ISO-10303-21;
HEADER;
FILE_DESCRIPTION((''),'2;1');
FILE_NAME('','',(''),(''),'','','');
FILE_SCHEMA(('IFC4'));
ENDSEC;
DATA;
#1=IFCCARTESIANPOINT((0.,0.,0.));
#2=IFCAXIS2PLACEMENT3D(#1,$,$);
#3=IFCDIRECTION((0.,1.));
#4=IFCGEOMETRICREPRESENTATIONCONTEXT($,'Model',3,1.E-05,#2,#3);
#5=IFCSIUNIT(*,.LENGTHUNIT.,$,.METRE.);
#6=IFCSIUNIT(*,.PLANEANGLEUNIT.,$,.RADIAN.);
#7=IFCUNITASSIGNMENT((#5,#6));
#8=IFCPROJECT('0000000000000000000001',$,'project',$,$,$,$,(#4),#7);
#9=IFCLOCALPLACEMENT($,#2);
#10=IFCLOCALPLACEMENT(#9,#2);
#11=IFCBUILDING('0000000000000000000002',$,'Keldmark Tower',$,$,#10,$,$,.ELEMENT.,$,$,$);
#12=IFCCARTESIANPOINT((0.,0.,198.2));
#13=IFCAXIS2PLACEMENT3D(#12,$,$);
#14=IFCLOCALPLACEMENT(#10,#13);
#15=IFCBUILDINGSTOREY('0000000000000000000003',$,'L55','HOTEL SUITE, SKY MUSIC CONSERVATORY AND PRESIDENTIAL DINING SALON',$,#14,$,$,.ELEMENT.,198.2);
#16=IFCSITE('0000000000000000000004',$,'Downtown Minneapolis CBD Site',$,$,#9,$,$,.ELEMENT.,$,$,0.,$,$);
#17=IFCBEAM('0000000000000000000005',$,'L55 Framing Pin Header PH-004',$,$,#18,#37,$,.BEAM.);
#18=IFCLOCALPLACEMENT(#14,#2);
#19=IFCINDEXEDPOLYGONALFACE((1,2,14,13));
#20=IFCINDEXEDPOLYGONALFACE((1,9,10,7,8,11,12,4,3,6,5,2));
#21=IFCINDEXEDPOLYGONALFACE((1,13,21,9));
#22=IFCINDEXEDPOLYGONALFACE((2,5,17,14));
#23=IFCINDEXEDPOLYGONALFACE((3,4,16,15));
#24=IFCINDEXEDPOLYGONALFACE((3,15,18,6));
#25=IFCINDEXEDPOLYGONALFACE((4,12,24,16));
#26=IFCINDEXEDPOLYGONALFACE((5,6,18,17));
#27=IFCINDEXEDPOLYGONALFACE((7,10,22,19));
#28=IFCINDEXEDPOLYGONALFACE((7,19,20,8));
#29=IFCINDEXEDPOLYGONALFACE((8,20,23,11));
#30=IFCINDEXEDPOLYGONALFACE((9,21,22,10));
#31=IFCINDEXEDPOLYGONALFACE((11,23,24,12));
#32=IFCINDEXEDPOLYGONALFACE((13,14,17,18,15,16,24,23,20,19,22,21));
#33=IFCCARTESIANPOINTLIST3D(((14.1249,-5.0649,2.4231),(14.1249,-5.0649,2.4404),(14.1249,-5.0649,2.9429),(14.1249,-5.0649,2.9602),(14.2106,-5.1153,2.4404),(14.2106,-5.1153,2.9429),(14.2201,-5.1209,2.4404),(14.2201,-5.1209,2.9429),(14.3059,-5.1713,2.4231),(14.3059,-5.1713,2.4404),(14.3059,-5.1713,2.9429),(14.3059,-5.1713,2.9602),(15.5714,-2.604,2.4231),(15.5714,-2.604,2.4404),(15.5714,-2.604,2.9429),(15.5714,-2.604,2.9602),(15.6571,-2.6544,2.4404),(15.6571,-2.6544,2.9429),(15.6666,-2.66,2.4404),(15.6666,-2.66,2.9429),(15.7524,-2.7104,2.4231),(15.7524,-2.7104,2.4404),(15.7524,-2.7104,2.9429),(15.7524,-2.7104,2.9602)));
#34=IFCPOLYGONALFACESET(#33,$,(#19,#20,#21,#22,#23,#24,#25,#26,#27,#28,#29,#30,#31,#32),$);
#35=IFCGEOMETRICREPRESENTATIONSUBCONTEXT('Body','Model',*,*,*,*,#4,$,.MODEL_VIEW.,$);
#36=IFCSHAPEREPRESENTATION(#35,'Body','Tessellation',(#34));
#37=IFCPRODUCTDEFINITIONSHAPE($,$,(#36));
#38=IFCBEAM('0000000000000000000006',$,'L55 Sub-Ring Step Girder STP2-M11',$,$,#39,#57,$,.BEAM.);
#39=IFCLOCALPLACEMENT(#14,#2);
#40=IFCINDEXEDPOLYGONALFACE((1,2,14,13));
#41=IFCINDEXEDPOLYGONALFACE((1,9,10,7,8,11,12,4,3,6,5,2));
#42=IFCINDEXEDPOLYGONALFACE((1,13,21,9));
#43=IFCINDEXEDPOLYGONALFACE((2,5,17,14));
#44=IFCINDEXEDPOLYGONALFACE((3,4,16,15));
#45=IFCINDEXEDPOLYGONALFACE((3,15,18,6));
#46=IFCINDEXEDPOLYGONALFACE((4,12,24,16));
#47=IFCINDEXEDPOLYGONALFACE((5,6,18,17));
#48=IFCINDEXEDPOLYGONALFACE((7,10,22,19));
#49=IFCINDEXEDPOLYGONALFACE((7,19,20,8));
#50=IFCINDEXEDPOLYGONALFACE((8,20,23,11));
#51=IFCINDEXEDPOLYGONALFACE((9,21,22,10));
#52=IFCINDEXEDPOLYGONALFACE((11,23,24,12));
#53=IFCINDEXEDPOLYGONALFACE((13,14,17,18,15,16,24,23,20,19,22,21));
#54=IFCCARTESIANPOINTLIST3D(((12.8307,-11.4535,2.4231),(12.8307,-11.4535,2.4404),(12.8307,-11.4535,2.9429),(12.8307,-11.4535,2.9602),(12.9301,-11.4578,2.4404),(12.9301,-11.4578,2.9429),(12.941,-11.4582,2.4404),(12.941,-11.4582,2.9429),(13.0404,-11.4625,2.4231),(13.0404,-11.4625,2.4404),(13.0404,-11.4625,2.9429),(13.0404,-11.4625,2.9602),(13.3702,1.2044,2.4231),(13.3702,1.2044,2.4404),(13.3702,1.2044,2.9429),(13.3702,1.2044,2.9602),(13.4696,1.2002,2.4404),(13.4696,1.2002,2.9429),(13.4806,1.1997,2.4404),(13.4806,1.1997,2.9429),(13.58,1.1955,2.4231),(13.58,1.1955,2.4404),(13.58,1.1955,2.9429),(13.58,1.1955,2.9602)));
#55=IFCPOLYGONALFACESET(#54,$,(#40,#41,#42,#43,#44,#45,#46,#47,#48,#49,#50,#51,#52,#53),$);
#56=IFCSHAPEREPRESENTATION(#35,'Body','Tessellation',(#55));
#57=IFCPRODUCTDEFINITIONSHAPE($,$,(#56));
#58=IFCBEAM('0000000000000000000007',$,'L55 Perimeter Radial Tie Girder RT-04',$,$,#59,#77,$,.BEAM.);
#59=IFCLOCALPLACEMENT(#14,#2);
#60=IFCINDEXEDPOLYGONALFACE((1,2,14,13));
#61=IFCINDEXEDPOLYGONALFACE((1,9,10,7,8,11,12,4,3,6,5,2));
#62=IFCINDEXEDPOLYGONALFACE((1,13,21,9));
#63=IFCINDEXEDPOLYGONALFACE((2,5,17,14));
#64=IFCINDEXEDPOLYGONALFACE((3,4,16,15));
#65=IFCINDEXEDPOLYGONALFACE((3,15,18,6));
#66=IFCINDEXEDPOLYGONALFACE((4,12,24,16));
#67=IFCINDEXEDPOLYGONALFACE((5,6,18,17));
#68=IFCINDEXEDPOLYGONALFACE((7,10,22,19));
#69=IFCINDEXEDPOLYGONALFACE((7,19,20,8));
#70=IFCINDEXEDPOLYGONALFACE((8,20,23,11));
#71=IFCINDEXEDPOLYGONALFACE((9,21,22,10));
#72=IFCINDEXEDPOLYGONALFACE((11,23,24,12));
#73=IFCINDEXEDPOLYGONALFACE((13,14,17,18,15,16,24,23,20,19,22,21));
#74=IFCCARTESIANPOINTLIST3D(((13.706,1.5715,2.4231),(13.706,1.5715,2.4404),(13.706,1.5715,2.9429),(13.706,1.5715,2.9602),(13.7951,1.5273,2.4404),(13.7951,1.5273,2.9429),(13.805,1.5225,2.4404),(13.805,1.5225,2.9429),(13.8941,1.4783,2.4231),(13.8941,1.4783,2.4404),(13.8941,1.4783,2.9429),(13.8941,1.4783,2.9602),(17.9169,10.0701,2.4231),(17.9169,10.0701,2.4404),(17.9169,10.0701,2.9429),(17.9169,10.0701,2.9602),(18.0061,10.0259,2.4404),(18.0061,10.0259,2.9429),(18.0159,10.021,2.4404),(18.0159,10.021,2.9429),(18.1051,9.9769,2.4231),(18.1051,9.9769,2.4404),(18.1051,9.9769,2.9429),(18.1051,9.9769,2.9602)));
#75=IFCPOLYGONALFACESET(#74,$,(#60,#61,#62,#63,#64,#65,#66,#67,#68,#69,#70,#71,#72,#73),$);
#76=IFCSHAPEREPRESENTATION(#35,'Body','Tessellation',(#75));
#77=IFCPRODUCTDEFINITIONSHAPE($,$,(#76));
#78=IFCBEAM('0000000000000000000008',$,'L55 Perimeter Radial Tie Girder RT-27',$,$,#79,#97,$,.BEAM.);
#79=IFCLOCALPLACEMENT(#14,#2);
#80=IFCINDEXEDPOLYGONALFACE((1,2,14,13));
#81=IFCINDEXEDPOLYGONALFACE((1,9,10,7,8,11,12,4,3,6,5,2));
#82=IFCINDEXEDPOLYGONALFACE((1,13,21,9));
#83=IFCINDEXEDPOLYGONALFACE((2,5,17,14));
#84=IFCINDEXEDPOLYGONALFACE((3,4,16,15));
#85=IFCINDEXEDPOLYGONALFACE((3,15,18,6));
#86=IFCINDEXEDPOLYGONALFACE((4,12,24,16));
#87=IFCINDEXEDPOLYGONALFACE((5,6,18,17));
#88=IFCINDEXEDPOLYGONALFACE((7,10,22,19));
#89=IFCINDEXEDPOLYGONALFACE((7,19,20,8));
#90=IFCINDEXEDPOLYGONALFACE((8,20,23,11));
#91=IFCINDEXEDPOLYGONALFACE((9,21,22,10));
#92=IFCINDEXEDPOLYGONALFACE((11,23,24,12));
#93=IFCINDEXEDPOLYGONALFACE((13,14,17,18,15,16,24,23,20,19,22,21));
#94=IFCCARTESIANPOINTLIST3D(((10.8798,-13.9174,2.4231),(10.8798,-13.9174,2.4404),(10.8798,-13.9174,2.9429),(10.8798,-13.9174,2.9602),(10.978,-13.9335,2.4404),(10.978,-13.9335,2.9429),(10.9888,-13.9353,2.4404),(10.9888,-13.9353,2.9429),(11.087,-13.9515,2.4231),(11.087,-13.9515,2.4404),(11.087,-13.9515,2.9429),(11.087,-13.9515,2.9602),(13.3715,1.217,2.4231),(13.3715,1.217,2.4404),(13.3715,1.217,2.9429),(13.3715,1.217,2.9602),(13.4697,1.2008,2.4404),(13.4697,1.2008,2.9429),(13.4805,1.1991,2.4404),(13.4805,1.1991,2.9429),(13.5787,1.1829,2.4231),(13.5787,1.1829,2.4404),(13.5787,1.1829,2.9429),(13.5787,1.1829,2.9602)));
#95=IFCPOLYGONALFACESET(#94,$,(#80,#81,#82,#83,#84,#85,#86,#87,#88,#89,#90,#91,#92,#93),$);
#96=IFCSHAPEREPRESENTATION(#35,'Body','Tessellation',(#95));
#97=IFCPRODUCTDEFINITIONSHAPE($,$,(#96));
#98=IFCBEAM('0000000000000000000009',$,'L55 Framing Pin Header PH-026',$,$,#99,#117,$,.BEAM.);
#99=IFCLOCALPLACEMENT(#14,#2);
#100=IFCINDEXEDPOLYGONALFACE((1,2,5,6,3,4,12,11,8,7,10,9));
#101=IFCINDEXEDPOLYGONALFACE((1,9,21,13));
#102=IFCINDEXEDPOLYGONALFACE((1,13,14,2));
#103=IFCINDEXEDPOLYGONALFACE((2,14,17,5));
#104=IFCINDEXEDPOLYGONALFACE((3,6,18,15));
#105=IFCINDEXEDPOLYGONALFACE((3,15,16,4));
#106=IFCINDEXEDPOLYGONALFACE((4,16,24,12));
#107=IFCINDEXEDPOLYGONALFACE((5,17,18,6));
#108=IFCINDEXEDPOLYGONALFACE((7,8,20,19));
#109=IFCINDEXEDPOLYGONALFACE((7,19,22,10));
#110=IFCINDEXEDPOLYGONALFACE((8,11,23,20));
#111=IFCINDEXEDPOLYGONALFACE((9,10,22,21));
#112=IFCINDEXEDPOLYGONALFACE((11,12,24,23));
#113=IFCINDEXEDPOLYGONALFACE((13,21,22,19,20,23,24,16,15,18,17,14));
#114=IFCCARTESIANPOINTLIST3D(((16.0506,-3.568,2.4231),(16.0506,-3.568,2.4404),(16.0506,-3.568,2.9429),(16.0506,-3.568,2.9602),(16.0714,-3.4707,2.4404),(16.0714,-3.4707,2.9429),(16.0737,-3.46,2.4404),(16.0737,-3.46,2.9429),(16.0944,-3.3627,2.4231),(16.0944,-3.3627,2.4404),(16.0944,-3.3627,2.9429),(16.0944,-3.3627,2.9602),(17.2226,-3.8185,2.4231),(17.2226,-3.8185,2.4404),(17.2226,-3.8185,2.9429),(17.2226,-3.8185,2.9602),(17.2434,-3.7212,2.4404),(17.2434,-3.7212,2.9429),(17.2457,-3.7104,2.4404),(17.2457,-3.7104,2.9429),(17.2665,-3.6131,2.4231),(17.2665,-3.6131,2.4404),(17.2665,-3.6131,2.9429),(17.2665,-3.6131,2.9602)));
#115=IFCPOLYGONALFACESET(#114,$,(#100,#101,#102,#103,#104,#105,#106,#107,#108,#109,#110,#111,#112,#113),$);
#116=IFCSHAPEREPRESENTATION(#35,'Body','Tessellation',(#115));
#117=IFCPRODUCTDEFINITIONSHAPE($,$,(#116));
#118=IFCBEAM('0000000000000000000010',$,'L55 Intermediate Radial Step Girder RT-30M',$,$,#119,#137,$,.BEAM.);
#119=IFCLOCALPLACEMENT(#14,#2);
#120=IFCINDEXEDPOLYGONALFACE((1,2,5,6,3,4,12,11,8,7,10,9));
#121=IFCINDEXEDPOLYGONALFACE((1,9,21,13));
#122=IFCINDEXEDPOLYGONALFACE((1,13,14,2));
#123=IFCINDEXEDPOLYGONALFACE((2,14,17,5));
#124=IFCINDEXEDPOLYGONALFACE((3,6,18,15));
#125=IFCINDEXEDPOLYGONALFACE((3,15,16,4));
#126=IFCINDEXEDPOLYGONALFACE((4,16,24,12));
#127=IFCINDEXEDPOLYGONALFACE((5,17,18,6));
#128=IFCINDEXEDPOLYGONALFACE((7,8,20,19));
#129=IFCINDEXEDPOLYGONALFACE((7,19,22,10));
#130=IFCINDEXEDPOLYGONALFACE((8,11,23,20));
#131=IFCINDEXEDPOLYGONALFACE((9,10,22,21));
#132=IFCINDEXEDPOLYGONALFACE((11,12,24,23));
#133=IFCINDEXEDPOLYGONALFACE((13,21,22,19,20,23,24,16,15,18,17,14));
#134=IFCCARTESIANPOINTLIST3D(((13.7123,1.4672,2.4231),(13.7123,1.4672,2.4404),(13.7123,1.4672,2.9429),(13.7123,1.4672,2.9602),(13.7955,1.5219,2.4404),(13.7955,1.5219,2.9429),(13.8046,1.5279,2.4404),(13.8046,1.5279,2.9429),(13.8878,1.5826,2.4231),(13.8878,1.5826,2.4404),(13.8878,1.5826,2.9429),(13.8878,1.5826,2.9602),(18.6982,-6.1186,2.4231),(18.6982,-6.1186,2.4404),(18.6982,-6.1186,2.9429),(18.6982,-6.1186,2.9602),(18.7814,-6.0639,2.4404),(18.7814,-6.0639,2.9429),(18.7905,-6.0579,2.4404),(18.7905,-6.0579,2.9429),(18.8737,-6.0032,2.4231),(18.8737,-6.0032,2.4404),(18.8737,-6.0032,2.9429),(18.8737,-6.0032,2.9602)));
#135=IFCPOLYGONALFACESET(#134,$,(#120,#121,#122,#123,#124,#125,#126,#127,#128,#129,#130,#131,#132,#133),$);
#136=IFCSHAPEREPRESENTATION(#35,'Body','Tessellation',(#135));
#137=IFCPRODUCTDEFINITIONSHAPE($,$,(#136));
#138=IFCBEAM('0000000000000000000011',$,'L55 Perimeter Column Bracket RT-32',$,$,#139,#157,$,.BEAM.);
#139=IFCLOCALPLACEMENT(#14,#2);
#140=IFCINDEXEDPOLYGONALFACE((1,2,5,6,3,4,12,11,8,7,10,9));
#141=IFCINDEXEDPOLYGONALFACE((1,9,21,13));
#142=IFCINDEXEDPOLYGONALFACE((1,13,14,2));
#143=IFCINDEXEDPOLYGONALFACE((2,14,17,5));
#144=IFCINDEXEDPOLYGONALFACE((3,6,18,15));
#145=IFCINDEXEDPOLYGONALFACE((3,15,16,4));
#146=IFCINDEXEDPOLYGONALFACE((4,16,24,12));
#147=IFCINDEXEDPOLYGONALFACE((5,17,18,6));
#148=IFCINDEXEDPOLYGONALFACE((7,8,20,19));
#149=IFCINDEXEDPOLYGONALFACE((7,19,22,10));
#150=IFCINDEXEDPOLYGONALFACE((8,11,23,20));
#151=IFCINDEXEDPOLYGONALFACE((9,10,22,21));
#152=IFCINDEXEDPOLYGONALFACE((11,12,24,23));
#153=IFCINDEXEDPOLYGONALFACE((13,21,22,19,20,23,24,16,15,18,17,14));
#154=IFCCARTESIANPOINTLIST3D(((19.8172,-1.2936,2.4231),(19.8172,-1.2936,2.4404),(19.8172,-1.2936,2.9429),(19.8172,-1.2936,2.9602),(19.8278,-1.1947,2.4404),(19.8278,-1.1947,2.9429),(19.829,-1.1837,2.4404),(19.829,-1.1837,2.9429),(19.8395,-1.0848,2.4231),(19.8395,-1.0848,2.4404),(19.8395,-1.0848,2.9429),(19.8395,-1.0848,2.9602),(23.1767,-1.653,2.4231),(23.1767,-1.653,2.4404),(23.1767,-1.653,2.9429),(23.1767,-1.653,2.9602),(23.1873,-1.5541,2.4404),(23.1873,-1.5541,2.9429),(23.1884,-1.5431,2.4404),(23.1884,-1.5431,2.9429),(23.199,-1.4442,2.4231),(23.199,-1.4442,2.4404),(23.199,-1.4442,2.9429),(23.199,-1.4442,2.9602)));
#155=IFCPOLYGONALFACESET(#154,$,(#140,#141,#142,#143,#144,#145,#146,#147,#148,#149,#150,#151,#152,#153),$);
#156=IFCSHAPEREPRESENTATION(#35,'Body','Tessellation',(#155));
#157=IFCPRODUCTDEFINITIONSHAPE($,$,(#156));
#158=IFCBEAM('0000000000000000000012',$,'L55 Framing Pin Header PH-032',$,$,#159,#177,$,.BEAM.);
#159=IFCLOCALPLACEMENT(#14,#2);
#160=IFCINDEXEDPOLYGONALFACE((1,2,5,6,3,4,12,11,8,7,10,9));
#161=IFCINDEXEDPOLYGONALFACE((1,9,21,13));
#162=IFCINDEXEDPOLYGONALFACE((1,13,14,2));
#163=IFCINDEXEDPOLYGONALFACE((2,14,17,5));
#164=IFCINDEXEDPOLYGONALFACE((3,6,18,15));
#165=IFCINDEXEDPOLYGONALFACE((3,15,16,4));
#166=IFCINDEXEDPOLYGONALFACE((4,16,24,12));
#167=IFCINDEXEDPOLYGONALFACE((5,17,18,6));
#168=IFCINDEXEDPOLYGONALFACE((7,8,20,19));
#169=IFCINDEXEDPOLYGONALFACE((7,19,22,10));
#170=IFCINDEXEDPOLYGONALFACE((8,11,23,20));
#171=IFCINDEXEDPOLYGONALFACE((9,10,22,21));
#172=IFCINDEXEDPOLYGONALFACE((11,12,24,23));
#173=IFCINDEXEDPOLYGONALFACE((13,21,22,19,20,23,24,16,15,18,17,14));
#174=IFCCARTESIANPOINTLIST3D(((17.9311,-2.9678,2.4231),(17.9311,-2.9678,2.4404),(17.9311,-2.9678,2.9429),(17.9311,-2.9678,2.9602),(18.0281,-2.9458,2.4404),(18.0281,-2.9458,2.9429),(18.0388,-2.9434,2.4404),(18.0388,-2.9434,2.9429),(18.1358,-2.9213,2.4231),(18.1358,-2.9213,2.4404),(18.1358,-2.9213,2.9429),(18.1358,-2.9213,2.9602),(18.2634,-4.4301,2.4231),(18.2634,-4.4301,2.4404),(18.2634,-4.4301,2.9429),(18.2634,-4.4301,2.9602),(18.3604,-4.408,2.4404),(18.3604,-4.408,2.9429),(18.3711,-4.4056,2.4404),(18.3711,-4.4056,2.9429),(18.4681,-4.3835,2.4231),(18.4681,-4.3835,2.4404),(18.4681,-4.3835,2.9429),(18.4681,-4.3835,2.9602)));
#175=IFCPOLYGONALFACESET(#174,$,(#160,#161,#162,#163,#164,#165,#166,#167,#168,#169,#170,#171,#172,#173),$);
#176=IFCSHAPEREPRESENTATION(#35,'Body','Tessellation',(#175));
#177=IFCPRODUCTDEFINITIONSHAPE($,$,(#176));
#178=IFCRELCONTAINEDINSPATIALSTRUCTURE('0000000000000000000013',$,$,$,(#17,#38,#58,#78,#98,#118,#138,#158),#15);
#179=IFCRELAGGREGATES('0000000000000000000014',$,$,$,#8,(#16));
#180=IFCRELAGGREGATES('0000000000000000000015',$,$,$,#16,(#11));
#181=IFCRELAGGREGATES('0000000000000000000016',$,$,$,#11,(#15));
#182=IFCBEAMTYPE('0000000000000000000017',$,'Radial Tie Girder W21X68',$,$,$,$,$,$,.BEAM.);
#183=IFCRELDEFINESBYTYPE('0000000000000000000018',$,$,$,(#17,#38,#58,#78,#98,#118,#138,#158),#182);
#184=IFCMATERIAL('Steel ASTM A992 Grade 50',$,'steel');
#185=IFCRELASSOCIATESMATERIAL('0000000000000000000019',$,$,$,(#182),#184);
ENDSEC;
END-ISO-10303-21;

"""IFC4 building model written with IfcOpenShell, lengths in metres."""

from ifc_helpers import new_model, si_unit, direction, frame, origin, origin_2d, place, context, subcontext, project, spatial, i_section, extrude, material, material_profile, profile_set, type_object, element, save


model = new_model("IFC4")

# Units and contexts
model_context = context("Model", 3, precision=1e-05, world=origin(), true_north=direction((0.0, 1.0)))
body_context = subcontext(model_context, "Body", "Model", "MODEL_VIEW")
ifc_project = project(units=[si_unit("LENGTHUNIT", "METRE"), si_unit("PLANEANGLEUNIT", "RADIAN")], contexts=[model_context])

# Site, building, storey
site_placement = place(None, origin())
site = spatial("IfcSite", under=ifc_project, at=site_placement, Name="Downtown Minneapolis CBD Site", CompositionType="ELEMENT", RefElevation=0.0)
building_placement = place(site_placement, origin())
building = spatial("IfcBuilding", under=site, at=building_placement, Name="Keldmark Tower", CompositionType="ELEMENT")
storey_placement = place(building_placement, frame((0.0, 0.0, 198.2)))
storey = spatial("IfcBuildingStorey", under=building, at=storey_placement, Name="L55", Description="HOTEL SUITE, SKY MUSIC CONSERVATORY AND PRESIDENTIAL DINING SALON", CompositionType="ELEMENT", Elevation=198.2)

# Beams
ifc_material_1 = material(Name="Steel ASTM A992 Grade 50", Category="steel")
ifc_material_profile_1 = material_profile(ifc_material_1, i_section(OverallWidth=0.21, OverallDepth=0.5371, WebThickness=0.011, FlangeThickness=0.0173, at=origin_2d()), Name="W21X68")
ifc_profile_set_1 = profile_set([ifc_material_profile_1], Name="Steel ASTM A992 Grade 50")
beam_type_1 = type_object("IfcBeamType", Name="Radial Tie Girder W21X68", PredefinedType="BEAM", material=ifc_profile_set_1)
beam_1_placement = place(storey_placement, frame((15.6619, -2.6572, 2.6917), z_axis=(-0.50674, -0.862099, 0.0), x_axis=(0.862099, -0.50674, 0.0)))
element("IfcBeam", 1, at=beam_1_placement, inside=storey, type_object=beam_type_1, Name="L55 Framing Pin Header PH-004", PredefinedType="BEAM", context=body_context, shape_type="SweptSolid", body=[
    extrude(i_section(OverallWidth=0.21, OverallDepth=0.5371, WebThickness=0.011, FlangeThickness=0.0173, at=origin_2d()), origin(), (0.0, 0.0, 1.0), 2.8545),
])
beam_2_placement = place(storey_placement, frame((13.4751, 1.2, 2.6917), z_axis=(-0.042587, -0.999093, 0.0), x_axis=(0.999093, -0.042587, 0.0)))
element("IfcBeam", 2, at=beam_2_placement, inside=storey, type_object=beam_type_1, Name="L55 Sub-Ring Step Girder STP2-M11", PredefinedType="BEAM", context=body_context, shape_type="SweptSolid", body=[
    extrude(i_section(OverallWidth=0.21, OverallDepth=0.5371, WebThickness=0.011, FlangeThickness=0.0173, at=origin_2d()), origin(), (0.0, 0.0, 1.0), 12.6694),
])
beam_3_placement = place(storey_placement, frame((13.8, 1.5249, 2.6917), z_axis=(0.443978, 0.896038, 0.0), x_axis=(-0.896038, 0.443978, 0.0)))
element("IfcBeam", 3, at=beam_3_placement, inside=storey, type_object=beam_type_1, Name="L55 Perimeter Radial Tie Girder RT-04", PredefinedType="BEAM", context=body_context, shape_type="SweptSolid", body=[
    extrude(i_section(OverallWidth=0.21, OverallDepth=0.5371, WebThickness=0.011, FlangeThickness=0.0173, at=origin_2d()), origin(), (0.0, 0.0, 1.0), 9.4846),
])
beam_4_placement = place(storey_placement, frame((13.4751, 1.2, 2.6917), z_axis=(-0.162452, -0.986716, 0.0), x_axis=(0.986716, -0.162452, 0.0)))
element("IfcBeam", 4, at=beam_4_placement, inside=storey, type_object=beam_type_1, Name="L55 Perimeter Radial Tie Girder RT-27", PredefinedType="BEAM", context=body_context, shape_type="SweptSolid", body=[
    extrude(i_section(OverallWidth=0.21, OverallDepth=0.5371, WebThickness=0.011, FlangeThickness=0.0173, at=origin_2d()), origin(), (0.0, 0.0, 1.0), 15.3381),
])
beam_5_placement = place(storey_placement, frame((16.0725, -3.4653, 2.6917), z_axis=(0.977919, -0.208987, 0.0), x_axis=(0.208987, 0.977919, 0.0)))
element("IfcBeam", 5, at=beam_5_placement, inside=storey, type_object=beam_type_1, Name="L55 Framing Pin Header PH-026", PredefinedType="BEAM", context=body_context, shape_type="SweptSolid", body=[
    extrude(i_section(OverallWidth=0.21, OverallDepth=0.5371, WebThickness=0.011, FlangeThickness=0.0173, at=origin_2d()), origin(), (0.0, 0.0, 1.0), 1.1985),
])
beam_6_placement = place(storey_placement, frame((13.8, 1.5249, 2.6917), z_axis=(0.549251, -0.835657, 0.0), x_axis=(0.835657, 0.549251, 0.0)))
element("IfcBeam", 6, at=beam_6_placement, inside=storey, type_object=beam_type_1, Name="L55 Intermediate Radial Step Girder RT-30M", PredefinedType="BEAM", context=body_context, shape_type="SweptSolid", body=[
    extrude(i_section(OverallWidth=0.21, OverallDepth=0.5371, WebThickness=0.011, FlangeThickness=0.0173, at=origin_2d()), origin(), (0.0, 0.0, 1.0), 9.0776),
])
beam_7_placement = place(storey_placement, frame((19.8284, -1.1892, 2.6917), z_axis=(0.994327, -0.10637, 0.0), x_axis=(0.10637, 0.994327, 0.0)))
element("IfcBeam", 7, at=beam_7_placement, inside=storey, type_object=beam_type_1, Name="L55 Perimeter Column Bracket RT-32", PredefinedType="BEAM", context=body_context, shape_type="SweptSolid", body=[
    extrude(i_section(OverallWidth=0.21, OverallDepth=0.5371, WebThickness=0.011, FlangeThickness=0.0173, at=origin_2d()), origin(), (0.0, 0.0, 1.0), 3.3787),
])
beam_8_placement = place(storey_placement, frame((18.0334, -2.9446, 2.6917), z_axis=(0.2216, -0.975138, 0.0), x_axis=(0.975138, 0.2216, 0.0)))
element("IfcBeam", 8, at=beam_8_placement, inside=storey, type_object=beam_type_1, Name="L55 Framing Pin Header PH-032", PredefinedType="BEAM", context=body_context, shape_type="SweptSolid", body=[
    extrude(i_section(OverallWidth=0.21, OverallDepth=0.5371, WebThickness=0.011, FlangeThickness=0.0173, at=origin_2d()), origin(), (0.0, 0.0, 1.0), 1.4995),
])

save(model, "model.ifc")
